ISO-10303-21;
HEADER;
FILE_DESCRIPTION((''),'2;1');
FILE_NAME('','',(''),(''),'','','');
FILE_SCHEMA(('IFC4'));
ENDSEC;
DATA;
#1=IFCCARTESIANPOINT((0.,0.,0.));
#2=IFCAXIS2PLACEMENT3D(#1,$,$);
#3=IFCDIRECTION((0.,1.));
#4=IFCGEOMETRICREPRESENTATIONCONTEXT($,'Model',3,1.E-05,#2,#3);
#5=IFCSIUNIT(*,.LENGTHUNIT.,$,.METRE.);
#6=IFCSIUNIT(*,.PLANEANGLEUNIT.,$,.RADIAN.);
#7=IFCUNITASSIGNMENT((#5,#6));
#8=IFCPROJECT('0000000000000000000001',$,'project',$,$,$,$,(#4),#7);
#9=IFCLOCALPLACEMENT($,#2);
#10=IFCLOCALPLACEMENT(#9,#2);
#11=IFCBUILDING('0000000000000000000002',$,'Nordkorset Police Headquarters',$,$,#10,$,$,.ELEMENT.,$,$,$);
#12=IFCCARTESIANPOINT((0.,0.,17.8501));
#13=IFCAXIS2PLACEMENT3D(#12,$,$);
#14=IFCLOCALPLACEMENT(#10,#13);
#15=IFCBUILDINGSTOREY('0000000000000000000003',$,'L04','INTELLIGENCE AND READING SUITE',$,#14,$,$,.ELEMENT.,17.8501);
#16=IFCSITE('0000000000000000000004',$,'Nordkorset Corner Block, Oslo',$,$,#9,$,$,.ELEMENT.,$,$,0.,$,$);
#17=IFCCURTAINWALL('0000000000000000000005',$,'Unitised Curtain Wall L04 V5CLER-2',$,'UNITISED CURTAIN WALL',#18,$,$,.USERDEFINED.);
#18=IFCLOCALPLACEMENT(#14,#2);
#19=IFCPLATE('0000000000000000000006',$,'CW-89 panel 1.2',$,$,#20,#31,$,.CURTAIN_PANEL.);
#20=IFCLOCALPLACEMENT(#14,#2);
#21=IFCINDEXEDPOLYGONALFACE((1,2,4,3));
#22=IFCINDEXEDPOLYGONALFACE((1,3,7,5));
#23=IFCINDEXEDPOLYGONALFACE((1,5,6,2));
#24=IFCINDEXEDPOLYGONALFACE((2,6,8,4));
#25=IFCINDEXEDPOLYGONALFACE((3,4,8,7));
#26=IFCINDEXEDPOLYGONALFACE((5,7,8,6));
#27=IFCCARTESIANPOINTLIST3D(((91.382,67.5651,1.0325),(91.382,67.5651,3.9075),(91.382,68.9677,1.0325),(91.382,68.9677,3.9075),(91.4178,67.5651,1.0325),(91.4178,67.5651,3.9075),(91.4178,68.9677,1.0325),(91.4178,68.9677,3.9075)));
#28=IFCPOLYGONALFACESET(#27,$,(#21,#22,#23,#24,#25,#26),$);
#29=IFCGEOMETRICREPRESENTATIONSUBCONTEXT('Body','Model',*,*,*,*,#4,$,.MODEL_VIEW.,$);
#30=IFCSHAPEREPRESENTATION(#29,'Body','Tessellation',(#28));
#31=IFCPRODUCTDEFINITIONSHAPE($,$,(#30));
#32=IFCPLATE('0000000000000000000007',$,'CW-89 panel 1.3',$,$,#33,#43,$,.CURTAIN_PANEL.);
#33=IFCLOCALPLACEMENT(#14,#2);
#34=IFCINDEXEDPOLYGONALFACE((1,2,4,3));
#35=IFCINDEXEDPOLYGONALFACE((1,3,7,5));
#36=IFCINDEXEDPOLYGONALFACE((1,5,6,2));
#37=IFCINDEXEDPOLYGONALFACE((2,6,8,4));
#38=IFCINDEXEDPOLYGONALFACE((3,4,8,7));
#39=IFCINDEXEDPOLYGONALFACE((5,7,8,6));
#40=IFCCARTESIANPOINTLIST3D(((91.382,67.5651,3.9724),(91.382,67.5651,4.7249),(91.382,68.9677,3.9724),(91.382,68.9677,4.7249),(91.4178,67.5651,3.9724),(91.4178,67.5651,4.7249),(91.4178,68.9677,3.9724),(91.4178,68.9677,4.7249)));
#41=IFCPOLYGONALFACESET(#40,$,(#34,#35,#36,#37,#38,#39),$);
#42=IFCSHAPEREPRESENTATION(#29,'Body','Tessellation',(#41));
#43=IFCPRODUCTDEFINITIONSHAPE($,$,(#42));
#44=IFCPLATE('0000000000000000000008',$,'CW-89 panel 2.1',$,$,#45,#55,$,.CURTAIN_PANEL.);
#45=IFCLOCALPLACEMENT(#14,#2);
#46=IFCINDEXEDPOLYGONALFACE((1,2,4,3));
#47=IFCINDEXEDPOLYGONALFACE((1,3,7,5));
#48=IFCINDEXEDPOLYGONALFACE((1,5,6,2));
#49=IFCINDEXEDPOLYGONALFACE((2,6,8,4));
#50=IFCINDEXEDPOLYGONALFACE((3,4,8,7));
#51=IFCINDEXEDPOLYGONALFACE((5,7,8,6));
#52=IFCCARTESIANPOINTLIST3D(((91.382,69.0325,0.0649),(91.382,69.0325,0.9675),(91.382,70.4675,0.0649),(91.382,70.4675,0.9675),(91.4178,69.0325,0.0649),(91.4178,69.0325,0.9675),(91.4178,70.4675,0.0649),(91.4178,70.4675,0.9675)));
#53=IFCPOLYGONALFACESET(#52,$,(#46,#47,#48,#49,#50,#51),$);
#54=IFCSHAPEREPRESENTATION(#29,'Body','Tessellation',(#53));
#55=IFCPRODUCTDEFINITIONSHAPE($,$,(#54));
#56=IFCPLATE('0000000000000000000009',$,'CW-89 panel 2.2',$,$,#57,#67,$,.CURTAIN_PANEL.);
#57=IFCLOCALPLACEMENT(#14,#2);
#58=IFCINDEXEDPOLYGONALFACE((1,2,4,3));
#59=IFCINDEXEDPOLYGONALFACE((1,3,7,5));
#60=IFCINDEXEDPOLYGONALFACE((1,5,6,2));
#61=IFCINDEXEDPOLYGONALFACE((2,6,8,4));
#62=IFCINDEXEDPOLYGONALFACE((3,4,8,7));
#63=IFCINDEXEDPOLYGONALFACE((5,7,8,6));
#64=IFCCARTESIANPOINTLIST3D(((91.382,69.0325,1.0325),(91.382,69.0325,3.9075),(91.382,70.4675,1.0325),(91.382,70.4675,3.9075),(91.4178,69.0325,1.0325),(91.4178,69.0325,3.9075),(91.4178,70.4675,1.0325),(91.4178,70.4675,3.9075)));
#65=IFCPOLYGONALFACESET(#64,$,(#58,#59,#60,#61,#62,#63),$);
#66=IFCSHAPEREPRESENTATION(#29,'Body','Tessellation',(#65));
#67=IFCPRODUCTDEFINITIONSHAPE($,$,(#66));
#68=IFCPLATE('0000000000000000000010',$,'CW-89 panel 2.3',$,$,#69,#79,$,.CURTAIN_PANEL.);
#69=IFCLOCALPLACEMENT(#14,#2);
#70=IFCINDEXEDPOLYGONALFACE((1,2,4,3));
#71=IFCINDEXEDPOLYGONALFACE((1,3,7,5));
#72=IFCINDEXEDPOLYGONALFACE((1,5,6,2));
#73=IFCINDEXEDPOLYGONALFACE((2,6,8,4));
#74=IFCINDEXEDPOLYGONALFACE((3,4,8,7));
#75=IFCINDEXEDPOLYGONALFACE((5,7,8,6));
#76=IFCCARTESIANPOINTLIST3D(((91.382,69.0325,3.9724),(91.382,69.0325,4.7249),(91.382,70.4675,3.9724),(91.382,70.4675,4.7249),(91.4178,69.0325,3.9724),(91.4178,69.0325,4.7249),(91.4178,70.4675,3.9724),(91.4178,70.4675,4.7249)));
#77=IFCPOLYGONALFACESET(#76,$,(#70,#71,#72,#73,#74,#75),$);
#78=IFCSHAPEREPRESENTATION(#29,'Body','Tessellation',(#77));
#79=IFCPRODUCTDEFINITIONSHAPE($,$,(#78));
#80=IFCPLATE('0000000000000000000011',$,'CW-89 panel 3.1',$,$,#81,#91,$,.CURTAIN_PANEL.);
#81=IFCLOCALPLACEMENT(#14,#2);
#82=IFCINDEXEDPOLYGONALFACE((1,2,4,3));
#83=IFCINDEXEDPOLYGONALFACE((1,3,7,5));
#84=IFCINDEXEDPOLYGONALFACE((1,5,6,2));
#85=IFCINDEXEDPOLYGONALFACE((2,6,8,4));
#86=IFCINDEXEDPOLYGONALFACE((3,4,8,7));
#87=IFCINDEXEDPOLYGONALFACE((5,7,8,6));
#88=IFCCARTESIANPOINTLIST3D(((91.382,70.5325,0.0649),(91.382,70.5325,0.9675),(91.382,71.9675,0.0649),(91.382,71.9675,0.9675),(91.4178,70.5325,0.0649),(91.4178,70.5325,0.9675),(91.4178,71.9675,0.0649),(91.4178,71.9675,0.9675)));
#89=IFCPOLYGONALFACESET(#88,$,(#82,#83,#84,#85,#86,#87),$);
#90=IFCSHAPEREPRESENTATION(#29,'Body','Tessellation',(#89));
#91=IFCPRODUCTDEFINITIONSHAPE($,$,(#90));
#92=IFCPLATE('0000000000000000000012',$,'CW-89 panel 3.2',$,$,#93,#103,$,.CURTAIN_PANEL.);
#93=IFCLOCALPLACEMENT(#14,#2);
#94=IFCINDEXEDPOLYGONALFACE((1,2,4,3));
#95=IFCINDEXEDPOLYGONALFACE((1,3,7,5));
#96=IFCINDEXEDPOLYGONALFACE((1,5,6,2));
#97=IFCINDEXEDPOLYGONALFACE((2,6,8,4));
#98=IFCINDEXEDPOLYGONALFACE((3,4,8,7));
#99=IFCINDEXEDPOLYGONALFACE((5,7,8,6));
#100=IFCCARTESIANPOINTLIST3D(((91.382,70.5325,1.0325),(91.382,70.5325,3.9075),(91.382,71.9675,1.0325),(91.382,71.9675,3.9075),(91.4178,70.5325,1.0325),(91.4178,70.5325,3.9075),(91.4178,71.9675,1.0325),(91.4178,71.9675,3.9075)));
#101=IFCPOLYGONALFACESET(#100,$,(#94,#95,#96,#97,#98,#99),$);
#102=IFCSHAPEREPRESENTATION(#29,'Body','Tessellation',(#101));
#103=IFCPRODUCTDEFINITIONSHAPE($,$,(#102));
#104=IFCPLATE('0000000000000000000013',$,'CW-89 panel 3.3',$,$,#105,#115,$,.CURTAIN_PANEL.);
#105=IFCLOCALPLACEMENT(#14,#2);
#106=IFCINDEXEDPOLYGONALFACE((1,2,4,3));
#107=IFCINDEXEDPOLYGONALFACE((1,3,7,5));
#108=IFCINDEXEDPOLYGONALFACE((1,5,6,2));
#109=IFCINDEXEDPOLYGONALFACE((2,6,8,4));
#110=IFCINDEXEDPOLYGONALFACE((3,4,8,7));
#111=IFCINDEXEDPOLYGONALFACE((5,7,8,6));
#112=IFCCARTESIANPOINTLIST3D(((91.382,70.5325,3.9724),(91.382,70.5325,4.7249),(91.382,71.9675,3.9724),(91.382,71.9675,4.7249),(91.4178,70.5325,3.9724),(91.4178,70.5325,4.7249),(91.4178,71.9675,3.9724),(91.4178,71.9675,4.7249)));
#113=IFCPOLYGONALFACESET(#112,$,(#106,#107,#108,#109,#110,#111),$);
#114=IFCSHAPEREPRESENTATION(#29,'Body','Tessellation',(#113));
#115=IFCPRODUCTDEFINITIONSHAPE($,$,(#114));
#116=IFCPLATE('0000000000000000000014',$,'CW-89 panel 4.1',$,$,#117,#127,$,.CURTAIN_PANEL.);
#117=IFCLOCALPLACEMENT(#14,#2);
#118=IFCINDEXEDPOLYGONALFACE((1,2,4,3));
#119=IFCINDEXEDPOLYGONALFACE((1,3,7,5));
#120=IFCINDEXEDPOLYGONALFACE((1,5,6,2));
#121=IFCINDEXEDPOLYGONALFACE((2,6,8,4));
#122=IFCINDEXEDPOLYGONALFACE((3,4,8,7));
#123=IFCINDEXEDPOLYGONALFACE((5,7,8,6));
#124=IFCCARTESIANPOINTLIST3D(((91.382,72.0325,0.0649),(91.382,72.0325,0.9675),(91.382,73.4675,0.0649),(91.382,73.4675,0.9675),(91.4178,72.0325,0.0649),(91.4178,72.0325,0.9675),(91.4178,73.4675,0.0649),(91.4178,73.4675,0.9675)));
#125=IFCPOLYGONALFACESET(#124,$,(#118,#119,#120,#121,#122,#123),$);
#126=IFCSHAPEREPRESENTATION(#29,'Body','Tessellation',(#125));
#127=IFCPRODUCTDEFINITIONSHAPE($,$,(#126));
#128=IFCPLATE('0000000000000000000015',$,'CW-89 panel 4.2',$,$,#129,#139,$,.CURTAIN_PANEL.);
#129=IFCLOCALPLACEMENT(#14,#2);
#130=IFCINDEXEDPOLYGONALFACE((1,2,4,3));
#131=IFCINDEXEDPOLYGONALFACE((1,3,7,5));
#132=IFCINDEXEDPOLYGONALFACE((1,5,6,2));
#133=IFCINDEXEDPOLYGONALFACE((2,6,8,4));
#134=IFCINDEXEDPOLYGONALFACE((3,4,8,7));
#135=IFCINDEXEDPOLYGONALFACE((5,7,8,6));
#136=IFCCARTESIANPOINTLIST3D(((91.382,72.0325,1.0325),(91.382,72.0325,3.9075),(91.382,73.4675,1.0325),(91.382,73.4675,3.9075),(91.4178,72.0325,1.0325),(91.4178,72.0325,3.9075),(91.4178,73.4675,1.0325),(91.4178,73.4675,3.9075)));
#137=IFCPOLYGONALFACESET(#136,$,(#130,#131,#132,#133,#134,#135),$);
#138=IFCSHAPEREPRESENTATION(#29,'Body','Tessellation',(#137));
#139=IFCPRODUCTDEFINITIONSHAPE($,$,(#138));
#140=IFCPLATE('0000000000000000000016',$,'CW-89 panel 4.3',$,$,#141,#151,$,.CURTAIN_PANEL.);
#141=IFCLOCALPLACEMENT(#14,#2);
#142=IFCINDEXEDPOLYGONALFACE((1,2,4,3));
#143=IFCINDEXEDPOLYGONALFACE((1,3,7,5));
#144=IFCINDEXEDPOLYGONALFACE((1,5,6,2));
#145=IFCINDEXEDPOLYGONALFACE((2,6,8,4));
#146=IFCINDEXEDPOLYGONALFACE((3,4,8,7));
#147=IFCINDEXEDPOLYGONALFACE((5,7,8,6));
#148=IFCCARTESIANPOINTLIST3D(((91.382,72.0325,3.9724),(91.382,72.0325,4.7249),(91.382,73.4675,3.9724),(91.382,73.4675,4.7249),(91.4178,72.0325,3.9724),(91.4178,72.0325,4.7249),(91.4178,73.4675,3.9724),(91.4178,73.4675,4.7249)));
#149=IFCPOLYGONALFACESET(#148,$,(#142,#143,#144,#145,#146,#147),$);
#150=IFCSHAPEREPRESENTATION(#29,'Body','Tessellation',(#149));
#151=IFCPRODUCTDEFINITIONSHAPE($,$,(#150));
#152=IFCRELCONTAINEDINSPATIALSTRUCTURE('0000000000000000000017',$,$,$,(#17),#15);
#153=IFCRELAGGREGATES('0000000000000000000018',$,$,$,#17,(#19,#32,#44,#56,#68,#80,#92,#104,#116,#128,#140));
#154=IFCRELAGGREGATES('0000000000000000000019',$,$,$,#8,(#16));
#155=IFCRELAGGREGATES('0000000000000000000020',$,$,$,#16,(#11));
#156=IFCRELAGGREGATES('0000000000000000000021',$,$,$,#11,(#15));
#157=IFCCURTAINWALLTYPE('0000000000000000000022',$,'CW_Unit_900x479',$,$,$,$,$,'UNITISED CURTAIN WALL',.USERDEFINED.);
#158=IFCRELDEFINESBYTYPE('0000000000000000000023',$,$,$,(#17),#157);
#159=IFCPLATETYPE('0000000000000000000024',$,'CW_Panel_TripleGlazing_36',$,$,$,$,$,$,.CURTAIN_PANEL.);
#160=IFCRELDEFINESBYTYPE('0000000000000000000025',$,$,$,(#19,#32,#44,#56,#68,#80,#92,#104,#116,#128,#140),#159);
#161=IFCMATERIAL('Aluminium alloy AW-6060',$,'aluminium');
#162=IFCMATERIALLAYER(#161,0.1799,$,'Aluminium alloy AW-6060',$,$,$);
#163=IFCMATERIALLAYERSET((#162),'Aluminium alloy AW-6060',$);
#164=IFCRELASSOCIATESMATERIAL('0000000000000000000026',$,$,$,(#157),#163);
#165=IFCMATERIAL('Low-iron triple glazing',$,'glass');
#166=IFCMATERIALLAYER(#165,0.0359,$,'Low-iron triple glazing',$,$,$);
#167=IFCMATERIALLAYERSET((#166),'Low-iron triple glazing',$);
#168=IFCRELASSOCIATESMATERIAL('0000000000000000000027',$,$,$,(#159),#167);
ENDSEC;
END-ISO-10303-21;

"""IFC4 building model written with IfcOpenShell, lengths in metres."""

from ifc_helpers import new_model, si_unit, direction, frame, origin, origin_2d, place, context, subcontext, project, spatial, rectangle, extrude, material, layer, layer_set, type_object, element, aggregate, save


model = new_model("IFC4")

# Units and contexts
model_context = context("Model", 3, precision=1e-05, world=origin(), true_north=direction((0.0, 1.0)))
body_context = subcontext(model_context, "Body", "Model", "MODEL_VIEW")
ifc_project = project(units=[si_unit("LENGTHUNIT", "METRE"), si_unit("PLANEANGLEUNIT", "RADIAN")], contexts=[model_context])

# Site, building, storey
site_placement = place(None, origin())
site = spatial("IfcSite", under=ifc_project, at=site_placement, Name="Nordkorset Corner Block, Oslo", CompositionType="ELEMENT", RefElevation=0.0)
building_placement = place(site_placement, origin())
building = spatial("IfcBuilding", under=site, at=building_placement, Name="Nordkorset Police Headquarters", CompositionType="ELEMENT")
storey_placement = place(building_placement, frame((0.0, 0.0, 17.8501)))
storey = spatial("IfcBuildingStorey", under=building, at=storey_placement, Name="L04", Description="INTELLIGENCE AND READING SUITE", CompositionType="ELEMENT", Elevation=17.8501)

# Curtain wall
ifc_material_1 = material(Name="Aluminium alloy AW-6060", Category="aluminium")
ifc_layer_1 = layer(ifc_material_1, 0.1799, Name="Aluminium alloy AW-6060")
ifc_layer_set_1 = layer_set([ifc_layer_1], Name="Aluminium alloy AW-6060")
curtain_wall_type = type_object("IfcCurtainWallType", Name="CW_Unit_900x479", ElementType="UNITISED CURTAIN WALL", PredefinedType="USERDEFINED", material=ifc_layer_set_1)
curtain_wall_placement = place(storey_placement, origin())
curtain_wall = element("IfcCurtainWall", 1, at=curtain_wall_placement, inside=storey, type_object=curtain_wall_type, Name="Unitised Curtain Wall L04 V5CLER-2", ObjectType="UNITISED CURTAIN WALL", PredefinedType="USERDEFINED")

# Plates
ifc_material_2 = material(Name="Low-iron triple glazing", Category="glass")
ifc_layer_2 = layer(ifc_material_2, 0.0359, Name="Low-iron triple glazing")
ifc_layer_set_2 = layer_set([ifc_layer_2], Name="Low-iron triple glazing")
plate_type = type_object("IfcPlateType", Name="CW_Panel_TripleGlazing_36", PredefinedType="CURTAIN_PANEL", material=ifc_layer_set_2)
plate_1_placement = place(storey_placement, frame((91.3999, 68.2664, 1.0325), z_axis=(0.0, 0.0, 1.0), x_axis=(0.0, 1.0, 0.0)))
plate_1 = element("IfcPlate", 2, at=plate_1_placement, type_object=plate_type, Name="CW-89 panel 1.2", PredefinedType="CURTAIN_PANEL", context=body_context, shape_type="SweptSolid", body=[
    extrude(rectangle(XDim=1.4026, YDim=0.0359, at=origin_2d()), origin(), (0.0, 0.0, 1.0), 2.875),
])
plate_2_placement = place(storey_placement, frame((91.3999, 68.2664, 3.9724), z_axis=(0.0, 0.0, 1.0), x_axis=(0.0, 1.0, 0.0)))
plate_2 = element("IfcPlate", 3, at=plate_2_placement, type_object=plate_type, Name="CW-89 panel 1.3", PredefinedType="CURTAIN_PANEL", context=body_context, shape_type="SweptSolid", body=[
    extrude(rectangle(XDim=1.4026, YDim=0.0359, at=origin_2d()), origin(), (0.0, 0.0, 1.0), 0.7524),
])
plate_3_placement = place(storey_placement, frame((91.3999, 69.75, 0.0649), z_axis=(0.0, 0.0, 1.0), x_axis=(0.0, 1.0, 0.0)))
plate_3 = element("IfcPlate", 4, at=plate_3_placement, type_object=plate_type, Name="CW-89 panel 2.1", PredefinedType="CURTAIN_PANEL", context=body_context, shape_type="SweptSolid", body=[
    extrude(rectangle(XDim=1.4351, YDim=0.0359, at=origin_2d()), origin(), (0.0, 0.0, 1.0), 0.9026),
])
plate_4_placement = place(storey_placement, frame((91.3999, 69.75, 1.0325), z_axis=(0.0, 0.0, 1.0), x_axis=(0.0, 1.0, 0.0)))
plate_4 = element("IfcPlate", 5, at=plate_4_placement, type_object=plate_type, Name="CW-89 panel 2.2", PredefinedType="CURTAIN_PANEL", context=body_context, shape_type="SweptSolid", body=[
    extrude(rectangle(XDim=1.4351, YDim=0.0359, at=origin_2d()), origin(), (0.0, 0.0, 1.0), 2.875),
])
plate_5_placement = place(storey_placement, frame((91.3999, 69.75, 3.9724), z_axis=(0.0, 0.0, 1.0), x_axis=(0.0, 1.0, 0.0)))
plate_5 = element("IfcPlate", 6, at=plate_5_placement, type_object=plate_type, Name="CW-89 panel 2.3", PredefinedType="CURTAIN_PANEL", context=body_context, shape_type="SweptSolid", body=[
    extrude(rectangle(XDim=1.4351, YDim=0.0359, at=origin_2d()), origin(), (0.0, 0.0, 1.0), 0.7524),
])
plate_6_placement = place(storey_placement, frame((91.3999, 71.25, 0.0649), z_axis=(0.0, 0.0, 1.0), x_axis=(0.0, 1.0, 0.0)))
plate_6 = element("IfcPlate", 7, at=plate_6_placement, type_object=plate_type, Name="CW-89 panel 3.1", PredefinedType="CURTAIN_PANEL", context=body_context, shape_type="SweptSolid", body=[
    extrude(rectangle(XDim=1.4351, YDim=0.0359, at=origin_2d()), origin(), (0.0, 0.0, 1.0), 0.9026),
])
plate_7_placement = place(storey_placement, frame((91.3999, 71.25, 1.0325), z_axis=(0.0, 0.0, 1.0), x_axis=(0.0, 1.0, 0.0)))
plate_7 = element("IfcPlate", 8, at=plate_7_placement, type_object=plate_type, Name="CW-89 panel 3.2", PredefinedType="CURTAIN_PANEL", context=body_context, shape_type="SweptSolid", body=[
    extrude(rectangle(XDim=1.4351, YDim=0.0359, at=origin_2d()), origin(), (0.0, 0.0, 1.0), 2.875),
])
plate_8_placement = place(storey_placement, frame((91.3999, 71.25, 3.9724), z_axis=(0.0, 0.0, 1.0), x_axis=(0.0, 1.0, 0.0)))
plate_8 = element("IfcPlate", 9, at=plate_8_placement, type_object=plate_type, Name="CW-89 panel 3.3", PredefinedType="CURTAIN_PANEL", context=body_context, shape_type="SweptSolid", body=[
    extrude(rectangle(XDim=1.4351, YDim=0.0359, at=origin_2d()), origin(), (0.0, 0.0, 1.0), 0.7524),
])
plate_9_placement = place(storey_placement, frame((91.3999, 72.75, 0.0649), z_axis=(0.0, 0.0, 1.0), x_axis=(0.0, 1.0, 0.0)))
plate_9 = element("IfcPlate", 10, at=plate_9_placement, type_object=plate_type, Name="CW-89 panel 4.1", PredefinedType="CURTAIN_PANEL", context=body_context, shape_type="SweptSolid", body=[
    extrude(rectangle(XDim=1.4351, YDim=0.0359, at=origin_2d()), origin(), (0.0, 0.0, 1.0), 0.9026),
])
plate_10_placement = place(storey_placement, frame((91.3999, 72.75, 1.0325), z_axis=(0.0, 0.0, 1.0), x_axis=(0.0, 1.0, 0.0)))
plate_10 = element("IfcPlate", 11, at=plate_10_placement, type_object=plate_type, Name="CW-89 panel 4.2", PredefinedType="CURTAIN_PANEL", context=body_context, shape_type="SweptSolid", body=[
    extrude(rectangle(XDim=1.4351, YDim=0.0359, at=origin_2d()), origin(), (0.0, 0.0, 1.0), 2.875),
])
plate_11_placement = place(storey_placement, frame((91.3999, 72.75, 3.9724), z_axis=(0.0, 0.0, 1.0), x_axis=(0.0, 1.0, 0.0)))
plate_11 = element("IfcPlate", 12, at=plate_11_placement, type_object=plate_type, Name="CW-89 panel 4.3", PredefinedType="CURTAIN_PANEL", context=body_context, shape_type="SweptSolid", body=[
    extrude(rectangle(XDim=1.4351, YDim=0.0359, at=origin_2d()), origin(), (0.0, 0.0, 1.0), 0.7524),
])
aggregate(curtain_wall, [plate_1, plate_2, plate_3, plate_4, plate_5, plate_6, plate_7, plate_8, plate_9, plate_10, plate_11])

save(model, "model.ifc")
